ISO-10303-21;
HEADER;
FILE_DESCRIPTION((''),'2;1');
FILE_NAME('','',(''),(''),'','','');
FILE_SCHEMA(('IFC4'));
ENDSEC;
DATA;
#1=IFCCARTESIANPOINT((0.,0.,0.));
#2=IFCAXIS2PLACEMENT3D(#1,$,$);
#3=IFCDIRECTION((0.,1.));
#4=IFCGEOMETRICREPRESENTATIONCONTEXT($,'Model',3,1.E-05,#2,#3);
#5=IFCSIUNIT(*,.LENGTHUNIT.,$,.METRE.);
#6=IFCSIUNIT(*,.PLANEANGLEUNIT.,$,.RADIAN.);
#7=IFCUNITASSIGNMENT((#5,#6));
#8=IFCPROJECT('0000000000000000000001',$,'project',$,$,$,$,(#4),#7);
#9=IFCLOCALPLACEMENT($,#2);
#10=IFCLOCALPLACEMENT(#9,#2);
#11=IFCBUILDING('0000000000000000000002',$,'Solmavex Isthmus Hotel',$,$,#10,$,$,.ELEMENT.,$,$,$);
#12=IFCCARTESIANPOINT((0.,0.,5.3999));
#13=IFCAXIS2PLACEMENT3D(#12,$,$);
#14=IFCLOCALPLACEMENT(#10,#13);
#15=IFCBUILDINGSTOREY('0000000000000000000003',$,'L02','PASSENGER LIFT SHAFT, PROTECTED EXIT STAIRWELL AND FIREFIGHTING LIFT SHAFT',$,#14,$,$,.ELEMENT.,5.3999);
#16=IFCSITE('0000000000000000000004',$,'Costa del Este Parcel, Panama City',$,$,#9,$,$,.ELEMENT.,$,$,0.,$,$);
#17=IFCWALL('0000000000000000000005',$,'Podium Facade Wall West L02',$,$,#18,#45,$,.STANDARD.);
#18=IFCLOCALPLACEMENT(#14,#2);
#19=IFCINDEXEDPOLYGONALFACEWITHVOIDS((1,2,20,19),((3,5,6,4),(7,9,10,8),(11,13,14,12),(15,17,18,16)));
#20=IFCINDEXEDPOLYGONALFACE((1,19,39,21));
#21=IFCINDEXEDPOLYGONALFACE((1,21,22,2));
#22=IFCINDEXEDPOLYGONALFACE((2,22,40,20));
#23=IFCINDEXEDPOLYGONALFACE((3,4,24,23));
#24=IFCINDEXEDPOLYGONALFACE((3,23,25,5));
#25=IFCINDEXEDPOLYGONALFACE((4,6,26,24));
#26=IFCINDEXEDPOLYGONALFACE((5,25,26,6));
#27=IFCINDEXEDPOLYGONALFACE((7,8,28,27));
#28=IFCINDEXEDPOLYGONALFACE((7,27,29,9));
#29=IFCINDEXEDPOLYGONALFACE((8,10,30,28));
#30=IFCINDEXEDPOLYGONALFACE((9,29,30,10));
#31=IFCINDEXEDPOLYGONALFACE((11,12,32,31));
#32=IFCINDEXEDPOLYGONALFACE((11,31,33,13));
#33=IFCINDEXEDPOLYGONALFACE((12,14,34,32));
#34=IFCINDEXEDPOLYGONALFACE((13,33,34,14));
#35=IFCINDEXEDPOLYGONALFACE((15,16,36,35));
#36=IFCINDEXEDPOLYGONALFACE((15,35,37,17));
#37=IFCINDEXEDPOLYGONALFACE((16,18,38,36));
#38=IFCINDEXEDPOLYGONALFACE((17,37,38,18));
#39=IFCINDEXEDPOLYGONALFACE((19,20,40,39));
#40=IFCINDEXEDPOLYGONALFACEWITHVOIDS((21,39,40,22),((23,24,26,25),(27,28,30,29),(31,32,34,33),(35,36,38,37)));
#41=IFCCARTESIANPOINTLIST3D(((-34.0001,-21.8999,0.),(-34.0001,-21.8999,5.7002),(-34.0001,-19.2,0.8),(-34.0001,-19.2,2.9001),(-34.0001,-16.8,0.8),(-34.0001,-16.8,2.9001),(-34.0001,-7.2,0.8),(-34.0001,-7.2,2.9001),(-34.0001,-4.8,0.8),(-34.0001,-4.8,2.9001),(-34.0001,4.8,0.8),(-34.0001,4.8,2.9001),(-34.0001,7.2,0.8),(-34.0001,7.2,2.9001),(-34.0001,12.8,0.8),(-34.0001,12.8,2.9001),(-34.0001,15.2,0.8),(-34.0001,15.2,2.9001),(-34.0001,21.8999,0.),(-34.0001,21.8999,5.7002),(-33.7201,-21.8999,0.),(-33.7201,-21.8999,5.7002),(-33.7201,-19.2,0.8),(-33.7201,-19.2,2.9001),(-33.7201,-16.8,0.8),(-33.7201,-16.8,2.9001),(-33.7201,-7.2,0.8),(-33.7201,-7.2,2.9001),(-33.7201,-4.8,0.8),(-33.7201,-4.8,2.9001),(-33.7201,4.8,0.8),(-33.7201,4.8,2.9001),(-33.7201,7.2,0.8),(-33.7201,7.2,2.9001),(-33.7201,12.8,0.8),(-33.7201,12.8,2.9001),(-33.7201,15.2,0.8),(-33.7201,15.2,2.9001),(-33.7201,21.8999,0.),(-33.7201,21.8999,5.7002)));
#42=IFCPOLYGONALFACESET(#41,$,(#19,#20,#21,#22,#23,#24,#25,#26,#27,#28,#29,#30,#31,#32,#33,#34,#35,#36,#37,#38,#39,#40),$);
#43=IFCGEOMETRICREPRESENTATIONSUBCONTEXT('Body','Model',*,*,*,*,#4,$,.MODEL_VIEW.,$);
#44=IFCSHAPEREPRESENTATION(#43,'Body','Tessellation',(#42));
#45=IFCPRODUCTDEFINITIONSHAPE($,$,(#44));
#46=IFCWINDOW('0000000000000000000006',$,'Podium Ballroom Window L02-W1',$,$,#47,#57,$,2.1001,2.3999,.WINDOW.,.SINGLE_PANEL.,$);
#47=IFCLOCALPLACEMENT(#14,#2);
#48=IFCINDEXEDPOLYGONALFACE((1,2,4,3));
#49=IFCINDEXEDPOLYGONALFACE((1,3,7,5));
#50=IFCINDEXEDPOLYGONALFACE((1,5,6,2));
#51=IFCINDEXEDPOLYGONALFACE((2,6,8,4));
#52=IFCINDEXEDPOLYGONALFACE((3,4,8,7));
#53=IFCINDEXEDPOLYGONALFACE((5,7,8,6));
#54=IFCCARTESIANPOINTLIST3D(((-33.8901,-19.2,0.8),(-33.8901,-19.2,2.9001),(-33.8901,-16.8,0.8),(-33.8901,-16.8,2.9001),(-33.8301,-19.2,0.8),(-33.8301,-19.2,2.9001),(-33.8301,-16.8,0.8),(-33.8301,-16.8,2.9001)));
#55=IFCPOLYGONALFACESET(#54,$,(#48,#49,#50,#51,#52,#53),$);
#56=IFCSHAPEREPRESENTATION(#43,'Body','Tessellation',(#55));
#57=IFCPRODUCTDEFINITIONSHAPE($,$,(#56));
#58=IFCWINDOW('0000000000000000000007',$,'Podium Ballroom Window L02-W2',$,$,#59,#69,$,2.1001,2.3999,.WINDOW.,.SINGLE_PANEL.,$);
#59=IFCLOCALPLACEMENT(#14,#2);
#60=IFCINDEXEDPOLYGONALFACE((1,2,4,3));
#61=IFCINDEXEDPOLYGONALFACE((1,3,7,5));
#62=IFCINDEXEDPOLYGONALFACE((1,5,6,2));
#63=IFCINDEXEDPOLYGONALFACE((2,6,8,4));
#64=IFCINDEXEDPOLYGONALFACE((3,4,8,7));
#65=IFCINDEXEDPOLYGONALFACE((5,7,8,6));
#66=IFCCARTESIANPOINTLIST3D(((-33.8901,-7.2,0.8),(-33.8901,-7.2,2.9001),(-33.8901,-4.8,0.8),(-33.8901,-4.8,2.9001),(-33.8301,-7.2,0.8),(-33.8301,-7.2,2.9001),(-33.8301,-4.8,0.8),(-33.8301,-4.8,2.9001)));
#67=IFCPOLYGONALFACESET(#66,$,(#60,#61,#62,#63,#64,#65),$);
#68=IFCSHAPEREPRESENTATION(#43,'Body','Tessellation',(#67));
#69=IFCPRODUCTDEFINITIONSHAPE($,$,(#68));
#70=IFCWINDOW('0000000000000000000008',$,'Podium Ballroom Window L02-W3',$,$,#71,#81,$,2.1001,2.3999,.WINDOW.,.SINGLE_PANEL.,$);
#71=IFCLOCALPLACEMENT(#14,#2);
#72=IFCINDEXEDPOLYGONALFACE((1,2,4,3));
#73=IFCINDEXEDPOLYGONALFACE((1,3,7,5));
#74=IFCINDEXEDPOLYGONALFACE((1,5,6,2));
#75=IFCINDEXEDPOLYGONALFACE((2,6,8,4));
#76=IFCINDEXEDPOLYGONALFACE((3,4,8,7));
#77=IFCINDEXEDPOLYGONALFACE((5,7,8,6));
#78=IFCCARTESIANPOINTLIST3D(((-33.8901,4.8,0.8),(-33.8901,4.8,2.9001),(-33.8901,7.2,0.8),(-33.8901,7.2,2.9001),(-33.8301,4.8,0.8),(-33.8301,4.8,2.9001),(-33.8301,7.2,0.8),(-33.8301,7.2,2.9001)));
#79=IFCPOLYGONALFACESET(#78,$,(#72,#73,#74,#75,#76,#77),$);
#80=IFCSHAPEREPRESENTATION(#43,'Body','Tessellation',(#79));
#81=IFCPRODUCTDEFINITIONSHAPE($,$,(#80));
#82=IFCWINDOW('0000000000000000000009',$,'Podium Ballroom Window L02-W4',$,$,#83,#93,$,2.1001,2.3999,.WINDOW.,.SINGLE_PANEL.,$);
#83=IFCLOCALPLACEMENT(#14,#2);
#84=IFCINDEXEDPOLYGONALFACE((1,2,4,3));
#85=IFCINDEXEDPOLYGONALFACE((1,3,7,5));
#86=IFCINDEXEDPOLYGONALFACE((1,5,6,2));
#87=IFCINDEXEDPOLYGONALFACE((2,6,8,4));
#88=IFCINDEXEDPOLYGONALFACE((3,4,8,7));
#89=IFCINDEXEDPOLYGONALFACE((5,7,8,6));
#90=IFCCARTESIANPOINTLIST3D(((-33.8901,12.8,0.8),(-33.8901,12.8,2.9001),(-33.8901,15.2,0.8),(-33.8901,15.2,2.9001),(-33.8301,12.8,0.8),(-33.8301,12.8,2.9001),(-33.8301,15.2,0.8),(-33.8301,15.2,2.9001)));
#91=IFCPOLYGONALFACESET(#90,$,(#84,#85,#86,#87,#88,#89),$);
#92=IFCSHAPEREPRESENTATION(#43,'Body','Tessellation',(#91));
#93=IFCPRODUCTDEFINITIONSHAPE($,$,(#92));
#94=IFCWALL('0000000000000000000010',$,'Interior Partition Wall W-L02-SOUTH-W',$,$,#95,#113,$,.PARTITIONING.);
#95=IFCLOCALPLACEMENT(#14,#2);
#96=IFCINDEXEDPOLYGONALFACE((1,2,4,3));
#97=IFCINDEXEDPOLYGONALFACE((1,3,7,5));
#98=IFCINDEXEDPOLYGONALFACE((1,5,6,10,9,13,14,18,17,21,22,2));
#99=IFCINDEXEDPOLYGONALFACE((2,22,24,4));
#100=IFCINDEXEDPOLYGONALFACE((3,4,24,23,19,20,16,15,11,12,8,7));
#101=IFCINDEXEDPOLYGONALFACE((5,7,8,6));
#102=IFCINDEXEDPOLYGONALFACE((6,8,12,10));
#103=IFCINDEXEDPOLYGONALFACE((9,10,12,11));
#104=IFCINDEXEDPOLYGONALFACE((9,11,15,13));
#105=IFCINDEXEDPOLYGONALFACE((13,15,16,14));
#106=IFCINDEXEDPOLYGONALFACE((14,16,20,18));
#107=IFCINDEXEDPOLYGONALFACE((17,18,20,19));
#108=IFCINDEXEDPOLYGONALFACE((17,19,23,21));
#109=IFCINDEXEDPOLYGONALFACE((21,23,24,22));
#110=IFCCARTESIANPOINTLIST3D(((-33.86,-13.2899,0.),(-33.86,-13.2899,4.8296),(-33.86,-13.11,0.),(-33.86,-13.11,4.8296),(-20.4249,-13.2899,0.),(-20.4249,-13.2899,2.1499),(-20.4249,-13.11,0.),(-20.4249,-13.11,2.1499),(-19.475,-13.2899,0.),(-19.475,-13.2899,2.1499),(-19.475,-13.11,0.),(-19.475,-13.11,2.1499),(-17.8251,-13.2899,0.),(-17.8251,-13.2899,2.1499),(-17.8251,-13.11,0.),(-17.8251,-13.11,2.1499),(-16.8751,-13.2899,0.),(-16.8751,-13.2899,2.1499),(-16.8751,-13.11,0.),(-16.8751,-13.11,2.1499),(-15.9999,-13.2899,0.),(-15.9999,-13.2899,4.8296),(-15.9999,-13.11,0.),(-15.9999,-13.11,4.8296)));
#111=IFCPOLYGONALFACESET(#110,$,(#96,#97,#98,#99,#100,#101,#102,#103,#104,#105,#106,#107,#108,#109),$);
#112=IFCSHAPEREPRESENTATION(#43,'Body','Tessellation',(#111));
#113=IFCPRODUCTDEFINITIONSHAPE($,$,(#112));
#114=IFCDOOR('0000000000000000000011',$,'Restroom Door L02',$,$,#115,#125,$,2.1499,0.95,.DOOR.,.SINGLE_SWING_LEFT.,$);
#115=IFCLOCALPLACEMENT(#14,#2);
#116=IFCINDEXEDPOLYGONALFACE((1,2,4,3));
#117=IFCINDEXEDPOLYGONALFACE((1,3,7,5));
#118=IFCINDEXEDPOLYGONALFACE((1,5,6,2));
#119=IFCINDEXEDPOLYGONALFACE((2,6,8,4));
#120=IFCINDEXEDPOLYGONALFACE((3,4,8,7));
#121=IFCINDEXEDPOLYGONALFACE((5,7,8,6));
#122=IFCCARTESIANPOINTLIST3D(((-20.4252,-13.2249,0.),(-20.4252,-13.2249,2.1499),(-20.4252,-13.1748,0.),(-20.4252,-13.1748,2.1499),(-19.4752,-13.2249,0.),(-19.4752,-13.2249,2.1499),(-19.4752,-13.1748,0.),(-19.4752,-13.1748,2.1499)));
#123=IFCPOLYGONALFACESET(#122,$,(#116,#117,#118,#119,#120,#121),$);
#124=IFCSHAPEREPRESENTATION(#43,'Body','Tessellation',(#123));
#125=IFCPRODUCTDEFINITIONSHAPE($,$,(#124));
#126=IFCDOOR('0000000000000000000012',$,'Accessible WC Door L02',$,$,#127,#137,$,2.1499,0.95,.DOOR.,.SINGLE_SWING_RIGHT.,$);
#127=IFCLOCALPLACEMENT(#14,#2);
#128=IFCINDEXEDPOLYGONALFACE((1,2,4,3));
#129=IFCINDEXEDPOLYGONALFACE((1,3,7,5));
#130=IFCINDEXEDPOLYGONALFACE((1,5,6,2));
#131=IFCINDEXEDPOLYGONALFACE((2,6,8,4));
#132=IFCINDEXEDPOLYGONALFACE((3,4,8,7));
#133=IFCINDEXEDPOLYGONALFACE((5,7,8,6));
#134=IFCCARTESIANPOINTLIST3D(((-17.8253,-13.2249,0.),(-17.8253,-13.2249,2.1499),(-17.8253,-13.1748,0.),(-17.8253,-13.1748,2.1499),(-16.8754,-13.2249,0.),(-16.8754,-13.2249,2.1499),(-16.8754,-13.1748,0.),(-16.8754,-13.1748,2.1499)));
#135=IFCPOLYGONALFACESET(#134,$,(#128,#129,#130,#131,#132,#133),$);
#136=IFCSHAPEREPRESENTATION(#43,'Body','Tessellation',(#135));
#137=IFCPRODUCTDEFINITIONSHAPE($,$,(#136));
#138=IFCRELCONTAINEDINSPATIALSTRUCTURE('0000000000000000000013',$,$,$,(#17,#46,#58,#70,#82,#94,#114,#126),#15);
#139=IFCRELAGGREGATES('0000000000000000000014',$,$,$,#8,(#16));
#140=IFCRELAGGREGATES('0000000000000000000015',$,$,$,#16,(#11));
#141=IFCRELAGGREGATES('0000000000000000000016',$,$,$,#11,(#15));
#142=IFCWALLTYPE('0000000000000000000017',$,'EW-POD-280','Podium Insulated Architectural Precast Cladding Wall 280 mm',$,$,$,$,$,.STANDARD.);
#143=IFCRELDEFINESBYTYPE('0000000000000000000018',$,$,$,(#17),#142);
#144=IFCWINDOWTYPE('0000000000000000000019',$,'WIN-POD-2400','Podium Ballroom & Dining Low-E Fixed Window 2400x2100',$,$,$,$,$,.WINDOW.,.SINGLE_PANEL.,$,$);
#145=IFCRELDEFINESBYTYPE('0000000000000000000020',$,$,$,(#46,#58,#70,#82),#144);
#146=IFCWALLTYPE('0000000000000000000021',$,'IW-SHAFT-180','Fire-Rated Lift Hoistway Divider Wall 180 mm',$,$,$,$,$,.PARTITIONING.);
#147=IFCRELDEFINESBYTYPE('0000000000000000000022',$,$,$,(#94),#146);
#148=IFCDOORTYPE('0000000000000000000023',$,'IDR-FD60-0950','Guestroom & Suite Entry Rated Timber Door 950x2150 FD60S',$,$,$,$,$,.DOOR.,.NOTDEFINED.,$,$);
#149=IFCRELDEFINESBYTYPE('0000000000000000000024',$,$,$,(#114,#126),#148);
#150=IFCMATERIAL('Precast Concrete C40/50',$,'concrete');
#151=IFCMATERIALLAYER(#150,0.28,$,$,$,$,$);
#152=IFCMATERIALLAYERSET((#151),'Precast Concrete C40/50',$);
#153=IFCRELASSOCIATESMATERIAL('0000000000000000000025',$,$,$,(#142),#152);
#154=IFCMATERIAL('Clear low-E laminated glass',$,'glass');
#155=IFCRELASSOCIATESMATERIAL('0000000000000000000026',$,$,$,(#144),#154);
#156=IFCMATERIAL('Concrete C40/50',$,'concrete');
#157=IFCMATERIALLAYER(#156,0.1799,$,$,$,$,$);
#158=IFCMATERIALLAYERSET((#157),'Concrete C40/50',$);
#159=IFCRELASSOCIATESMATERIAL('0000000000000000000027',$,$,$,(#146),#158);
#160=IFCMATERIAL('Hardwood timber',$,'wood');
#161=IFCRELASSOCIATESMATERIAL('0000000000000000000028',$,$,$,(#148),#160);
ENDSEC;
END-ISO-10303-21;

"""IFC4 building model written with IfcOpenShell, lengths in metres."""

from ifc_helpers import new_model, si_unit, direction, frame, frame_2d, origin, place, context, subcontext, project, spatial, rectangle, extrude, material, layer, layer_set, type_object, element, fill, save


model = new_model("IFC4")

# Units and contexts
model_context = context("Model", 3, precision=1e-05, world=origin(), true_north=direction((0.0, 1.0)))
body_context = subcontext(model_context, "Body", "Model", "MODEL_VIEW")
ifc_project = project(units=[si_unit("LENGTHUNIT", "METRE"), si_unit("PLANEANGLEUNIT", "RADIAN")], contexts=[model_context])

# Site, building, storey
site_placement = place(None, origin())
site = spatial("IfcSite", under=ifc_project, at=site_placement, Name="Costa del Este Parcel, Panama City", CompositionType="ELEMENT", RefElevation=0.0)
building_placement = place(site_placement, origin())
building = spatial("IfcBuilding", under=site, at=building_placement, Name="Solmavex Isthmus Hotel", CompositionType="ELEMENT")
storey_placement = place(building_placement, frame((0.0, 0.0, 5.3999)))
storey = spatial("IfcBuildingStorey", under=building, at=storey_placement, Name="L02", Description="PASSENGER LIFT SHAFT, PROTECTED EXIT STAIRWELL AND FIREFIGHTING LIFT SHAFT", CompositionType="ELEMENT", Elevation=5.3999)

# Shared definitions
ifc_material_1 = material(Name="Precast Concrete C40/50", Category="concrete")
ifc_layer_1 = layer(ifc_material_1, 0.28)
ifc_layer_set_1 = layer_set([ifc_layer_1], Name="Precast Concrete C40/50")
wall_type_1 = type_object("IfcWallType", Name="EW-POD-280", Description="Podium Insulated Architectural Precast Cladding Wall 280 mm", PredefinedType="STANDARD", material=ifc_layer_set_1)

# Wall, openings, windows
wall_1_placement = place(storey_placement, frame((-33.8601, -21.8999, 0.0), z_axis=(0.0, 0.0, 1.0), x_axis=(0.0, 1.0, 0.0)))
wall_1 = element("IfcWall", 1, at=wall_1_placement, inside=storey, type_object=wall_type_1, Name="Podium Facade Wall West L02", PredefinedType="STANDARD", context=body_context, shape_type="SweptSolid", body=[
    extrude(rectangle(XDim=43.7998, YDim=0.28, at=frame_2d((21.8999, 0.0))), origin(), (0.0, 0.0, 1.0), 5.7002),
])
opening_1_placement = place(wall_1_placement, frame((2.7, 0.0, 0.8)))
opening_1 = element("IfcOpeningElement", 2, at=opening_1_placement, cuts=wall_1, PredefinedType="OPENING", context=body_context, shape_type="SweptSolid", body=[
    extrude(rectangle(XDim=2.3999, YDim=2.1001, at=frame_2d((1.2, 1.05))), frame((0.0, 0.1499, 0.0), z_axis=(0.0, -1.0, 0.0), x_axis=(1.0, 0.0, 0.0)), (0.0, 0.0, 1.0), 0.3),
])
opening_2_placement = place(wall_1_placement, frame((14.7, 0.0, 0.8)))
opening_2 = element("IfcOpeningElement", 3, at=opening_2_placement, cuts=wall_1, PredefinedType="OPENING", context=body_context, shape_type="SweptSolid", body=[
    extrude(rectangle(XDim=2.3999, YDim=2.1001, at=frame_2d((1.2, 1.05))), frame((0.0, 0.1499, 0.0), z_axis=(0.0, -1.0, 0.0), x_axis=(1.0, 0.0, 0.0)), (0.0, 0.0, 1.0), 0.3),
])
opening_3_placement = place(wall_1_placement, frame((26.7, 0.0, 0.8)))
opening_3 = element("IfcOpeningElement", 4, at=opening_3_placement, cuts=wall_1, PredefinedType="OPENING", context=body_context, shape_type="SweptSolid", body=[
    extrude(rectangle(XDim=2.3999, YDim=2.1001, at=frame_2d((1.2, 1.05))), frame((0.0, 0.1499, 0.0), z_axis=(0.0, -1.0, 0.0), x_axis=(1.0, 0.0, 0.0)), (0.0, 0.0, 1.0), 0.3),
])
opening_4_placement = place(wall_1_placement, frame((34.7, 0.0, 0.8)))
opening_4 = element("IfcOpeningElement", 5, at=opening_4_placement, cuts=wall_1, PredefinedType="OPENING", context=body_context, shape_type="SweptSolid", body=[
    extrude(rectangle(XDim=2.3999, YDim=2.1001, at=frame_2d((1.2, 1.05))), frame((0.0, 0.1499, 0.0), z_axis=(0.0, -1.0, 0.0), x_axis=(1.0, 0.0, 0.0)), (0.0, 0.0, 1.0), 0.3),
])
ifc_material_2 = material(Name="Clear low-E laminated glass", Category="glass")
window_type = type_object("IfcWindowType", Name="WIN-POD-2400", Description="Podium Ballroom & Dining Low-E Fixed Window 2400x2100", PartitioningType="SINGLE_PANEL", PredefinedType="WINDOW", material=ifc_material_2)
window_1_placement = place(opening_1_placement, origin())
window_1 = element("IfcWindow", 6, at=window_1_placement, inside=storey, type_object=window_type, Name="Podium Ballroom Window L02-W1", OverallHeight=2.1001, OverallWidth=2.3999, PartitioningType="SINGLE_PANEL", PredefinedType="WINDOW", context=body_context, shape_type="SweptSolid", body=[
    extrude(rectangle(XDim=2.3999, YDim=2.1001, at=frame_2d((1.2, 1.05))), frame((0.0, 0.03, 0.0), z_axis=(0.0, -1.0, 0.0), x_axis=(1.0, 0.0, 0.0)), (0.0, 0.0, 1.0), 0.0601),
])
fill(opening_1, window_1)
window_2_placement = place(opening_2_placement, origin())
window_2 = element("IfcWindow", 7, at=window_2_placement, inside=storey, type_object=window_type, Name="Podium Ballroom Window L02-W2", OverallHeight=2.1001, OverallWidth=2.3999, PartitioningType="SINGLE_PANEL", PredefinedType="WINDOW", context=body_context, shape_type="SweptSolid", body=[
    extrude(rectangle(XDim=2.3999, YDim=2.1001, at=frame_2d((1.2, 1.05))), frame((0.0, 0.03, 0.0), z_axis=(0.0, -1.0, 0.0), x_axis=(1.0, 0.0, 0.0)), (0.0, 0.0, 1.0), 0.0601),
])
fill(opening_2, window_2)
window_3_placement = place(opening_3_placement, origin())
window_3 = element("IfcWindow", 8, at=window_3_placement, inside=storey, type_object=window_type, Name="Podium Ballroom Window L02-W3", OverallHeight=2.1001, OverallWidth=2.3999, PartitioningType="SINGLE_PANEL", PredefinedType="WINDOW", context=body_context, shape_type="SweptSolid", body=[
    extrude(rectangle(XDim=2.3999, YDim=2.1001, at=frame_2d((1.2, 1.05))), frame((0.0, 0.03, 0.0), z_axis=(0.0, -1.0, 0.0), x_axis=(1.0, 0.0, 0.0)), (0.0, 0.0, 1.0), 0.0601),
])
fill(opening_3, window_3)
window_4_placement = place(opening_4_placement, origin())
window_4 = element("IfcWindow", 9, at=window_4_placement, inside=storey, type_object=window_type, Name="Podium Ballroom Window L02-W4", OverallHeight=2.1001, OverallWidth=2.3999, PartitioningType="SINGLE_PANEL", PredefinedType="WINDOW", context=body_context, shape_type="SweptSolid", body=[
    extrude(rectangle(XDim=2.3999, YDim=2.1001, at=frame_2d((1.2, 1.05))), frame((0.0, 0.03, 0.0), z_axis=(0.0, -1.0, 0.0), x_axis=(1.0, 0.0, 0.0)), (0.0, 0.0, 1.0), 0.0601),
])
fill(opening_4, window_4)

# Wall, openings, doors
ifc_material_3 = material(Name="Concrete C40/50", Category="concrete")
ifc_layer_2 = layer(ifc_material_3, 0.1799)
ifc_layer_set_2 = layer_set([ifc_layer_2], Name="Concrete C40/50")
wall_type_2 = type_object("IfcWallType", Name="IW-SHAFT-180", Description="Fire-Rated Lift Hoistway Divider Wall 180 mm", PredefinedType="PARTITIONING", material=ifc_layer_set_2)
wall_2_placement = place(storey_placement, frame((-33.8601, -13.2, 0.0), z_axis=(0.0, 0.0, 1.0), x_axis=(1.0, 0.0, 0.0)))
wall_2 = element("IfcWall", 10, at=wall_2_placement, inside=storey, type_object=wall_type_2, Name="Interior Partition Wall W-L02-SOUTH-W", PredefinedType="PARTITIONING", context=body_context, shape_type="SweptSolid", body=[
    extrude(rectangle(XDim=17.8601, YDim=0.1799, at=frame_2d((8.9302, 0.0))), origin(), (0.0, 0.0, 1.0), 4.8296),
])
opening_5_placement = place(wall_2_placement, frame((13.4351, 0.0, 0.0)))
opening_5 = element("IfcOpeningElement", 11, at=opening_5_placement, cuts=wall_2, PredefinedType="OPENING", context=body_context, shape_type="SweptSolid", body=[
    extrude(rectangle(XDim=0.95, YDim=2.1499, at=frame_2d((0.4751, 1.075))), frame((0.0, 0.0999, 0.0), z_axis=(0.0, -1.0, 0.0), x_axis=(1.0, 0.0, 0.0)), (0.0, 0.0, 1.0), 0.2),
])
opening_6_placement = place(wall_2_placement, frame((16.0349, 0.0, 0.0)))
opening_6 = element("IfcOpeningElement", 12, at=opening_6_placement, cuts=wall_2, PredefinedType="OPENING", context=body_context, shape_type="SweptSolid", body=[
    extrude(rectangle(XDim=0.95, YDim=2.1499, at=frame_2d((0.4751, 1.075))), frame((0.0, 0.0999, 0.0), z_axis=(0.0, -1.0, 0.0), x_axis=(1.0, 0.0, 0.0)), (0.0, 0.0, 1.0), 0.2),
])
ifc_material_4 = material(Name="Hardwood timber", Category="wood")
door_type = type_object("IfcDoorType", Name="IDR-FD60-0950", Description="Guestroom & Suite Entry Rated Timber Door 950x2150 FD60S", OperationType="NOTDEFINED", PredefinedType="DOOR", material=ifc_material_4)
door_1_placement = place(opening_5_placement, frame((0.95, 0.0, 0.0), z_axis=(0.0, 0.0, 1.0), x_axis=(-1.0, 0.0, 0.0)))
door_1 = element("IfcDoor", 13, at=door_1_placement, inside=storey, type_object=door_type, Name="Restroom Door L02", OperationType="SINGLE_SWING_LEFT", OverallHeight=2.1499, OverallWidth=0.95, PredefinedType="DOOR", context=body_context, shape_type="SweptSolid", body=[
    extrude(rectangle(XDim=0.95, YDim=2.1499, at=frame_2d((0.4751, 1.075))), frame((0.0, 0.0249, 0.0), z_axis=(0.0, -1.0, 0.0), x_axis=(1.0, 0.0, 0.0)), (0.0, 0.0, 1.0), 0.05),
])
fill(opening_5, door_1)
door_2_placement = place(opening_6_placement, frame((0.95, 0.0, 0.0), z_axis=(0.0, 0.0, 1.0), x_axis=(-1.0, 0.0, 0.0)))
door_2 = element("IfcDoor", 14, at=door_2_placement, inside=storey, type_object=door_type, Name="Accessible WC Door L02", OperationType="SINGLE_SWING_RIGHT", OverallHeight=2.1499, OverallWidth=0.95, PredefinedType="DOOR", context=body_context, shape_type="SweptSolid", body=[
    extrude(rectangle(XDim=0.95, YDim=2.1499, at=frame_2d((0.4751, 1.075))), frame((0.0, 0.0249, 0.0), z_axis=(0.0, -1.0, 0.0), x_axis=(1.0, 0.0, 0.0)), (0.0, 0.0, 1.0), 0.05),
])
fill(opening_6, door_2)

save(model, "model.ifc")
